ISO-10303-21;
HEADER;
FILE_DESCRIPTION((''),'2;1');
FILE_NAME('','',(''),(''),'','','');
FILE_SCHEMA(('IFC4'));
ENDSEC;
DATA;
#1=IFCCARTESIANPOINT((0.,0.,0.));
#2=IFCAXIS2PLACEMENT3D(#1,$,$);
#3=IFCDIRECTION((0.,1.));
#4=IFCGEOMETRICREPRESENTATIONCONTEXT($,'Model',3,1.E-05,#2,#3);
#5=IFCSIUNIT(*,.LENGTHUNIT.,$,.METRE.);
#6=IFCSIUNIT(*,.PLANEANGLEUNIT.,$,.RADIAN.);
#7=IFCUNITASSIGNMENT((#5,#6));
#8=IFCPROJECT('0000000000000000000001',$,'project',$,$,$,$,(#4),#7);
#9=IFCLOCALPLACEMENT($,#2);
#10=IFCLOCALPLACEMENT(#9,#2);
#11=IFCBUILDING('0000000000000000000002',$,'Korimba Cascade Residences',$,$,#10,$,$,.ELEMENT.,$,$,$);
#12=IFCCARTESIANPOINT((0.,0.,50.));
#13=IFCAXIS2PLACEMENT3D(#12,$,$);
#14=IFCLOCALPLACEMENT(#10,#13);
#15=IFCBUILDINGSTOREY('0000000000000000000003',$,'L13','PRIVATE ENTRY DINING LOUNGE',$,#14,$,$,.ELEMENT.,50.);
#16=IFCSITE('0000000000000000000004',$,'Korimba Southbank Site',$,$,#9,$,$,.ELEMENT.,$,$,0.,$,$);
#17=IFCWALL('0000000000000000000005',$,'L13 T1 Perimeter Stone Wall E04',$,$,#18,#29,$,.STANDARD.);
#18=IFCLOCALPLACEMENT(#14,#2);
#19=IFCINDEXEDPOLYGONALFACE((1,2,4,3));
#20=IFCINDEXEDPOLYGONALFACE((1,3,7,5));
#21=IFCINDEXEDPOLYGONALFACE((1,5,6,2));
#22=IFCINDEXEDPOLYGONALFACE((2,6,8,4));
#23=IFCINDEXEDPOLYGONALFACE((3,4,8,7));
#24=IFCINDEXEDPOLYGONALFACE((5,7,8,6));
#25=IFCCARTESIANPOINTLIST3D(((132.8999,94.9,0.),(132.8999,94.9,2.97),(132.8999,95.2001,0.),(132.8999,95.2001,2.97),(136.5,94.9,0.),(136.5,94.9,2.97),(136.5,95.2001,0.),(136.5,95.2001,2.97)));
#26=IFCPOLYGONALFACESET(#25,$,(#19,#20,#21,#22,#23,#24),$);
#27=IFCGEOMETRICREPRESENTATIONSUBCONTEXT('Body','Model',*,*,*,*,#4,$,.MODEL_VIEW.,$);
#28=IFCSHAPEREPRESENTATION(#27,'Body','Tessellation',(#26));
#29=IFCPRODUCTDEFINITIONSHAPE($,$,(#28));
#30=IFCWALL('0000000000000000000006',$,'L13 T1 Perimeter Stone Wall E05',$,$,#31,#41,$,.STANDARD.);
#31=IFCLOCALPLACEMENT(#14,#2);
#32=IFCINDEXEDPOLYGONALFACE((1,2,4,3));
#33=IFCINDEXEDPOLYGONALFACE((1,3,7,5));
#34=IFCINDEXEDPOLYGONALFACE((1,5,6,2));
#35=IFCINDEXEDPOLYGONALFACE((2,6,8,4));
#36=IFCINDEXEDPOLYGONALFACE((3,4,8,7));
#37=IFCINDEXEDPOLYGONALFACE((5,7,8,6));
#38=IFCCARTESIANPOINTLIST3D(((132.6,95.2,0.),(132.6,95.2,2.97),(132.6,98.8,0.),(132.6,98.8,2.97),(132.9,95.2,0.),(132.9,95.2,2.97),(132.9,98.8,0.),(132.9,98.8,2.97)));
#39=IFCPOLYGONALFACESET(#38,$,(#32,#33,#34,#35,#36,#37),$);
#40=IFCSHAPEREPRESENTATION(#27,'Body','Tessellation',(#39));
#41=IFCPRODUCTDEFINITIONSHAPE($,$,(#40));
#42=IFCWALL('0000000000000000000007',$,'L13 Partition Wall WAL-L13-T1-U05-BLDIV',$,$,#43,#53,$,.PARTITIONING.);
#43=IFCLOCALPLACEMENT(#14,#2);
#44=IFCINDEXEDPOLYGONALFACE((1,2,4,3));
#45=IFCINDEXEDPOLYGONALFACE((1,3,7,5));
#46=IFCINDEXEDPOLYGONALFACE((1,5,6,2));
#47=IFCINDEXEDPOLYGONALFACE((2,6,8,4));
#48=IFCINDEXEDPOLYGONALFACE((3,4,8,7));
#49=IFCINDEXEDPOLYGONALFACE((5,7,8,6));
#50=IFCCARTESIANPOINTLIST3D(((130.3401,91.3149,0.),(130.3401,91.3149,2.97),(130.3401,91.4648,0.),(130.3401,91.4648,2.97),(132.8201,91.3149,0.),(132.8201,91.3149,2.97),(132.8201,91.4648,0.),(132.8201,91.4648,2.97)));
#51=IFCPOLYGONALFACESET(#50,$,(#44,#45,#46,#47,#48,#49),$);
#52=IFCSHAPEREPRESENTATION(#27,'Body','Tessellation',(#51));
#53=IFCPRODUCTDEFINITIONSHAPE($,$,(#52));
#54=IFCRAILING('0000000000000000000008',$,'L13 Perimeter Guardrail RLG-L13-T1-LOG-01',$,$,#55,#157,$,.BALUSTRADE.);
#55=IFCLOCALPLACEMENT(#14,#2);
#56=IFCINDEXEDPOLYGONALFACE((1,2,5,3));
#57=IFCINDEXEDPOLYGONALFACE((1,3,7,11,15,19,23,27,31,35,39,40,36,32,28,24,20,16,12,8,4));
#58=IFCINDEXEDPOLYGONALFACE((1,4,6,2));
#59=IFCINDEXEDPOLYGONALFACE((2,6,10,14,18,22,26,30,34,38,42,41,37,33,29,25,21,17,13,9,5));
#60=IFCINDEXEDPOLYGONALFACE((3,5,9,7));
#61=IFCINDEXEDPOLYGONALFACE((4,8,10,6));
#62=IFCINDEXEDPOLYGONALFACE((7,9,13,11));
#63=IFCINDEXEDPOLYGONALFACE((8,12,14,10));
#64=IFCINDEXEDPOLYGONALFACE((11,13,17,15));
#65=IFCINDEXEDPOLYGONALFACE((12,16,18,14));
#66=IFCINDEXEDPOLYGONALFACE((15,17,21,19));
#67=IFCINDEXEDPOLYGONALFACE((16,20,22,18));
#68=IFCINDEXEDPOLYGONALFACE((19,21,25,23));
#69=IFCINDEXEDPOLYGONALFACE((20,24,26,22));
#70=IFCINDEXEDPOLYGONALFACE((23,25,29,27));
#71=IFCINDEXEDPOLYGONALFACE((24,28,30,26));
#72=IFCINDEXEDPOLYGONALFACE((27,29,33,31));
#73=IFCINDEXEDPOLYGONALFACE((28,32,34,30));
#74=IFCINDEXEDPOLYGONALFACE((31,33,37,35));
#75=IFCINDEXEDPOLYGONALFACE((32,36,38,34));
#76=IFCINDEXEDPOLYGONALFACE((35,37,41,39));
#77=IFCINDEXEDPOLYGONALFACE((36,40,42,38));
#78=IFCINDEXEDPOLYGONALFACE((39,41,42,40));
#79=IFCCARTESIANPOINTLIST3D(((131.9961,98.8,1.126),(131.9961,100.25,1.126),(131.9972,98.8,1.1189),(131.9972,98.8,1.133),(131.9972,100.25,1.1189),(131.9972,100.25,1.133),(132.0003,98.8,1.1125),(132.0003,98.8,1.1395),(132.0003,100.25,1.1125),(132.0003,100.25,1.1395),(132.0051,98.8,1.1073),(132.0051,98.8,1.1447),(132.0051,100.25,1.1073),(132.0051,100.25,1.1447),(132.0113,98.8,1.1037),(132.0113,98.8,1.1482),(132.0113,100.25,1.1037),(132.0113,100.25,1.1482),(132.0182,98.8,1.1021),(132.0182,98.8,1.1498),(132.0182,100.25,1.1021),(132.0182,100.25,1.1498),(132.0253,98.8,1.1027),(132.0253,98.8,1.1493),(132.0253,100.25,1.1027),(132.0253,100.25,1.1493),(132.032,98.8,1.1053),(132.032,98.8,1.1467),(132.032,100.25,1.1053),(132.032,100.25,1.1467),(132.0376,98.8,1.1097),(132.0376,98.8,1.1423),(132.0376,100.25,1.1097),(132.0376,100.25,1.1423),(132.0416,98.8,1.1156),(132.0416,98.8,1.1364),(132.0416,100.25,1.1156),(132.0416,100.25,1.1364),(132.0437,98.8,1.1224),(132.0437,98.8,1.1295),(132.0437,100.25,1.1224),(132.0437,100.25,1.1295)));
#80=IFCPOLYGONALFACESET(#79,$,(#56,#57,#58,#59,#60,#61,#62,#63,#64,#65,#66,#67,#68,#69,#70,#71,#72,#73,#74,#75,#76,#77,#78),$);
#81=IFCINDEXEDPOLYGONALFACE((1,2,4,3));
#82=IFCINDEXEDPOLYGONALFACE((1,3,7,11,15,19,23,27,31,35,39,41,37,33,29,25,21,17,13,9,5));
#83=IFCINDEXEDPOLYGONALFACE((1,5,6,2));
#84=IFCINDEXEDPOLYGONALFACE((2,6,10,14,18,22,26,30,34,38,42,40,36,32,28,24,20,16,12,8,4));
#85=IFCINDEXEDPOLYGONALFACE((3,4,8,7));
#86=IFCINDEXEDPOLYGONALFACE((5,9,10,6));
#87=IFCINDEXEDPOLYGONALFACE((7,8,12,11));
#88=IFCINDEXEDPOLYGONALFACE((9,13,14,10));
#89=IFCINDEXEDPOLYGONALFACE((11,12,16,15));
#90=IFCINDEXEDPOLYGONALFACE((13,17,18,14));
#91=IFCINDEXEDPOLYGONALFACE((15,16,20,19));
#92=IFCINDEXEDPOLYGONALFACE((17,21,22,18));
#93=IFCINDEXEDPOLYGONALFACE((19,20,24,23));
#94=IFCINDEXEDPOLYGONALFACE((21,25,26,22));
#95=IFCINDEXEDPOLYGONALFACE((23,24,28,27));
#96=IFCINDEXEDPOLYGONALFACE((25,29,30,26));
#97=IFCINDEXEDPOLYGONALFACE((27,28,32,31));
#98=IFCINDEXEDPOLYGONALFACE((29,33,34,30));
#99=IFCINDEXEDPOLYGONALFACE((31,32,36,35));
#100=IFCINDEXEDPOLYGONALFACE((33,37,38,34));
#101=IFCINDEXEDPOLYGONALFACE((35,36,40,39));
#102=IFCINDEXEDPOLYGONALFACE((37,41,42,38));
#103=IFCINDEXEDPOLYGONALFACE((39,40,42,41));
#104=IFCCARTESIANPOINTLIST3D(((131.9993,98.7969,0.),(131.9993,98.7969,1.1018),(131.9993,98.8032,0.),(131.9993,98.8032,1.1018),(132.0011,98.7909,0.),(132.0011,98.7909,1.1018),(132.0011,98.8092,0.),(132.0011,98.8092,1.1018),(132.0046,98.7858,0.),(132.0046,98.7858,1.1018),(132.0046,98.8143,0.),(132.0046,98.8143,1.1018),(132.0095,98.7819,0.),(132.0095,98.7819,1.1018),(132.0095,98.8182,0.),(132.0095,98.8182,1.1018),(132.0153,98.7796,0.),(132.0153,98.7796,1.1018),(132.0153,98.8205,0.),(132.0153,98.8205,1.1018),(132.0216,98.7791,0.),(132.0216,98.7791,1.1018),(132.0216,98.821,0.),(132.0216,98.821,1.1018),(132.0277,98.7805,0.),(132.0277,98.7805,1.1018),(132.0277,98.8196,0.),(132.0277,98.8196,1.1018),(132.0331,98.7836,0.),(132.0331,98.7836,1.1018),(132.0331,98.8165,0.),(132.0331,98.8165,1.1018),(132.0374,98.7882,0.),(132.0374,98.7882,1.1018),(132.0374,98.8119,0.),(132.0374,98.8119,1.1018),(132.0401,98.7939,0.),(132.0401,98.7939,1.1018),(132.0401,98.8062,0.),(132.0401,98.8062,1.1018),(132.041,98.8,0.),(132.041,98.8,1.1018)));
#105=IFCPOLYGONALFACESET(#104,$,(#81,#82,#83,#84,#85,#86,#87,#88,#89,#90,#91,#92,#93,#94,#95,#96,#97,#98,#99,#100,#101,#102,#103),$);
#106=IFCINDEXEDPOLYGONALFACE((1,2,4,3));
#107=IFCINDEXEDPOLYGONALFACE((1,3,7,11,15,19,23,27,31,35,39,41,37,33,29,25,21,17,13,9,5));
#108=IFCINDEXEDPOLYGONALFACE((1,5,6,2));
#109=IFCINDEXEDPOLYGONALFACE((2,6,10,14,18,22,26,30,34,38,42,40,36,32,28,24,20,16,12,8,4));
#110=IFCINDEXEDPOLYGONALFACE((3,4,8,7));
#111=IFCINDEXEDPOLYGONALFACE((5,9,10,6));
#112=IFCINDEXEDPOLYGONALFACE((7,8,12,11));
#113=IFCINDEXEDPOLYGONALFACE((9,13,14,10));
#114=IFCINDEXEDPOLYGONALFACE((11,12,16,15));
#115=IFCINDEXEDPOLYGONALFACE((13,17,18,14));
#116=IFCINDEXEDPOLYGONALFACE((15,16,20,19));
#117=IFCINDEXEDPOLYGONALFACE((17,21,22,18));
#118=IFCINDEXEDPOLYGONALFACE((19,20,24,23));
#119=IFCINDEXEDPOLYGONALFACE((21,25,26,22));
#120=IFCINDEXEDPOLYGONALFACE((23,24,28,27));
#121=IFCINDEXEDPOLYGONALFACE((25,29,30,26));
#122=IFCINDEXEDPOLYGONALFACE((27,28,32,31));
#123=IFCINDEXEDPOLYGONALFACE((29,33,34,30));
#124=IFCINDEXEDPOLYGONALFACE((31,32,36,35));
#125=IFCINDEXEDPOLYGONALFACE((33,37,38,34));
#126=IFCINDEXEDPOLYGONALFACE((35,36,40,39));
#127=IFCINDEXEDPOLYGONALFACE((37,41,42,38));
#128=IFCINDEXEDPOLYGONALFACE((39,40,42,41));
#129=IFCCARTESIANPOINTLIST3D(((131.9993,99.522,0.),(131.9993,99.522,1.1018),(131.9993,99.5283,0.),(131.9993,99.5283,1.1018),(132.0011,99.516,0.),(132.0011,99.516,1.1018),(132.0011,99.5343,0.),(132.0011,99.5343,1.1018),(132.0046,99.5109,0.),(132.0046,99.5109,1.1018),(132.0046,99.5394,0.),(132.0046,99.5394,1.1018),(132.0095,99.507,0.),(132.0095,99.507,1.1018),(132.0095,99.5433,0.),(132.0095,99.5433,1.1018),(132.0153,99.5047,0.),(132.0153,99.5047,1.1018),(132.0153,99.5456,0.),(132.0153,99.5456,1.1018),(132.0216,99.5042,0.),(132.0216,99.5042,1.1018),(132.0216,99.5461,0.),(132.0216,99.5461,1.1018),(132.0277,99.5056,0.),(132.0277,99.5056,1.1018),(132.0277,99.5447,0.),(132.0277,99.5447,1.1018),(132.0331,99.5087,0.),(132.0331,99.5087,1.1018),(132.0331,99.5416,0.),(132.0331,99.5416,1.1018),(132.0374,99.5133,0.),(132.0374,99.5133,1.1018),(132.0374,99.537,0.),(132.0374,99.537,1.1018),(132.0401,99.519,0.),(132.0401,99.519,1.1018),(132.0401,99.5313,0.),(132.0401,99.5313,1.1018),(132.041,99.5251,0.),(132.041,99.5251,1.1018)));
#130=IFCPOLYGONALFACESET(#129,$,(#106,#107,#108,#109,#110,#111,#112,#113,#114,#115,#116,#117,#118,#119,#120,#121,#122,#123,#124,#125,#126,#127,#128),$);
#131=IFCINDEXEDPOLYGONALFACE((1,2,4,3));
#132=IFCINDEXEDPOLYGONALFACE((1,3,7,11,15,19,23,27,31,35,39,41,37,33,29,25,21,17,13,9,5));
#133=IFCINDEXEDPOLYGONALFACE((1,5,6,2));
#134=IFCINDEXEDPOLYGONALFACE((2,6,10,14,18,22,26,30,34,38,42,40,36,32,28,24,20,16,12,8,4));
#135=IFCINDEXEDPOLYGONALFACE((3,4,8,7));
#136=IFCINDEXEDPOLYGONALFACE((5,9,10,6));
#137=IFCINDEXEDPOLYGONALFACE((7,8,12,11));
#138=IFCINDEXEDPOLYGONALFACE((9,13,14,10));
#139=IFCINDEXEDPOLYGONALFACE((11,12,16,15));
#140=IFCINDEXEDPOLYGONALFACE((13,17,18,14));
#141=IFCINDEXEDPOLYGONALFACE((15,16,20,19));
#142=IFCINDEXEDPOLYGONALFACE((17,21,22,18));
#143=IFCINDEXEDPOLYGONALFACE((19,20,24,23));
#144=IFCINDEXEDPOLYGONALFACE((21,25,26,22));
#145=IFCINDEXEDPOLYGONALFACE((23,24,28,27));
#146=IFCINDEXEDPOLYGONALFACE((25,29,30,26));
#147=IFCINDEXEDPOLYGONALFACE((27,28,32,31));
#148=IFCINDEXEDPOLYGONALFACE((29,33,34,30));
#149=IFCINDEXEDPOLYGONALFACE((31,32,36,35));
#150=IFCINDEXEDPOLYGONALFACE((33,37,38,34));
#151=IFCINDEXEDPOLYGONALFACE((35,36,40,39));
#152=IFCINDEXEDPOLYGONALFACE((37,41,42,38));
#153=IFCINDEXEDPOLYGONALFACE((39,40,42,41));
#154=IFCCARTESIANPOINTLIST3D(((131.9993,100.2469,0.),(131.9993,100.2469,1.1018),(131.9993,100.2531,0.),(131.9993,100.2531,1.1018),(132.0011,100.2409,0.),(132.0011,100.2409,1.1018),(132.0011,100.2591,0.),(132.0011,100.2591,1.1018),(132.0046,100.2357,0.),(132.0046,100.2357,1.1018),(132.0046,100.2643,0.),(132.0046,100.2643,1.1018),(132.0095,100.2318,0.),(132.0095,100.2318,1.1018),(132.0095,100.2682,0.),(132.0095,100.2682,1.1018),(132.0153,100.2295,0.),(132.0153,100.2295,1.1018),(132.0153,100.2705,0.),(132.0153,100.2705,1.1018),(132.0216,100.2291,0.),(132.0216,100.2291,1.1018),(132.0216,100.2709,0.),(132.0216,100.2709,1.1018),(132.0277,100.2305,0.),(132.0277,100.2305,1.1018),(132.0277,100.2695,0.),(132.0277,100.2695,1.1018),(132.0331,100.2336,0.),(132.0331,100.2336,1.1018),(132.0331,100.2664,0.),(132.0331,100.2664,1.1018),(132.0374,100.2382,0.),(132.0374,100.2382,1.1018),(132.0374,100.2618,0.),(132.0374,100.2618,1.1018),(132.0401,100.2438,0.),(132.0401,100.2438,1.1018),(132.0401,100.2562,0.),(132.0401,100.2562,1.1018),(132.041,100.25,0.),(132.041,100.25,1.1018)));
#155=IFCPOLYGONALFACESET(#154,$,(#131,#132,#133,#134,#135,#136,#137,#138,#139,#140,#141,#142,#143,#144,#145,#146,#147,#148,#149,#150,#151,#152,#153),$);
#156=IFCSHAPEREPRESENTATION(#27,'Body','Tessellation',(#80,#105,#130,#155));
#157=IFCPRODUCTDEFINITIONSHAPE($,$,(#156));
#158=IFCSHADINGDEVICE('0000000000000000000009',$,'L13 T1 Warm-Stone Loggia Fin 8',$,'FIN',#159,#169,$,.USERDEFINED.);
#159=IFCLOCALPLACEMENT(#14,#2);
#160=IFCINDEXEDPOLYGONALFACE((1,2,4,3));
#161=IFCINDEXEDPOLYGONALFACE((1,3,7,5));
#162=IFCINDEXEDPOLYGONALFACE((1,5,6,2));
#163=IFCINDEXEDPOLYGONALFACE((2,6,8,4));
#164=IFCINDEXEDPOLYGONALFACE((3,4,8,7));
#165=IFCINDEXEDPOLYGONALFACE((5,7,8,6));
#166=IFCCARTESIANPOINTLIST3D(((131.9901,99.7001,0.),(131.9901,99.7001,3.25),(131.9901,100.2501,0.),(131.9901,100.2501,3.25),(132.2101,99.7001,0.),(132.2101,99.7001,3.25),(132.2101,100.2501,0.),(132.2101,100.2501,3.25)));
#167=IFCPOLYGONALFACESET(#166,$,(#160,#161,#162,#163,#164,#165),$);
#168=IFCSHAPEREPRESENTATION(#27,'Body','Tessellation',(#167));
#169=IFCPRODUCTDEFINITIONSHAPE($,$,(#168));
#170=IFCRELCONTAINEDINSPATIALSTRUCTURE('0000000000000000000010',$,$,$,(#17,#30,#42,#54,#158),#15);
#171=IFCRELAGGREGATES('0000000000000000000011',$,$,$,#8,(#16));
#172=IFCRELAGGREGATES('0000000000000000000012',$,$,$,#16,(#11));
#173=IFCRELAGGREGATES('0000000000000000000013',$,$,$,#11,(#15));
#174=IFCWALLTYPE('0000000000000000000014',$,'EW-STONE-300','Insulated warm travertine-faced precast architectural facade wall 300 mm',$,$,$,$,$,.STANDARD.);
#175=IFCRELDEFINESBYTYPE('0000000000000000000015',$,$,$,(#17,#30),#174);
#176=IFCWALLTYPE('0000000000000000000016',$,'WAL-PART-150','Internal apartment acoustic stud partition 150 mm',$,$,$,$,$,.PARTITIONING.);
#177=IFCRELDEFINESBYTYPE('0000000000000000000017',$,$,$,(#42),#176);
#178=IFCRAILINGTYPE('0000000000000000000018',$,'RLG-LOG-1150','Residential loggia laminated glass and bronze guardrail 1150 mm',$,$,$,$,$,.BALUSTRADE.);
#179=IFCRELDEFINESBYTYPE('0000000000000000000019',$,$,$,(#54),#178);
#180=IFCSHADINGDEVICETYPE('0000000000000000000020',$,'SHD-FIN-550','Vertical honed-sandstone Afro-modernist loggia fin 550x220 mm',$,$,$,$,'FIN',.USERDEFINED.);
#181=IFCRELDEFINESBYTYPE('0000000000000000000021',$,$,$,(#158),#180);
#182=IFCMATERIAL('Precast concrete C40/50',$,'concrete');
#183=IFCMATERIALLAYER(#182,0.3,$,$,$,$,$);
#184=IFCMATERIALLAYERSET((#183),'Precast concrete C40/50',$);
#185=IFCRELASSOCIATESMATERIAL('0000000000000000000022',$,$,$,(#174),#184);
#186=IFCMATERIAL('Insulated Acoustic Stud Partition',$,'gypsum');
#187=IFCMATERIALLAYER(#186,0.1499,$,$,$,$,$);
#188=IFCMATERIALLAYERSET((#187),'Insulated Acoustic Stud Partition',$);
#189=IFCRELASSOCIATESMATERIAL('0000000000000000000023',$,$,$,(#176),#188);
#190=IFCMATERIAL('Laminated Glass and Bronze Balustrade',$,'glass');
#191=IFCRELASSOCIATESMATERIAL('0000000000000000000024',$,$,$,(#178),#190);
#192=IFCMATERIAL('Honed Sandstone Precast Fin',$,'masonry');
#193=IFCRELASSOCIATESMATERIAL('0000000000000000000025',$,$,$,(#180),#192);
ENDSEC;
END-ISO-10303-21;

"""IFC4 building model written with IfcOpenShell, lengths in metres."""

from ifc_helpers import new_model, si_unit, direction, frame, frame_2d, origin, origin_2d, place, context, subcontext, project, spatial, rectangle, circle, extrude, material, layer, layer_set, type_object, element, save


model = new_model("IFC4")

# Units and contexts
model_context = context("Model", 3, precision=1e-05, world=origin(), true_north=direction((0.0, 1.0)))
body_context = subcontext(model_context, "Body", "Model", "MODEL_VIEW")
ifc_project = project(units=[si_unit("LENGTHUNIT", "METRE"), si_unit("PLANEANGLEUNIT", "RADIAN")], contexts=[model_context])

# Site, building, storey
site_placement = place(None, origin())
site = spatial("IfcSite", under=ifc_project, at=site_placement, Name="Korimba Southbank Site", CompositionType="ELEMENT", RefElevation=0.0)
building_placement = place(site_placement, origin())
building = spatial("IfcBuilding", under=site, at=building_placement, Name="Korimba Cascade Residences", CompositionType="ELEMENT")
storey_placement = place(building_placement, frame((0.0, 0.0, 50.0)))
storey = spatial("IfcBuildingStorey", under=building, at=storey_placement, Name="L13", Description="PRIVATE ENTRY DINING LOUNGE", CompositionType="ELEMENT", Elevation=50.0)

# Shared definitions
ifc_material_1 = material(Name="Precast concrete C40/50", Category="concrete")

# Walls
ifc_layer_1 = layer(ifc_material_1, 0.3)
ifc_layer_set_1 = layer_set([ifc_layer_1], Name="Precast concrete C40/50")
wall_type_1 = type_object("IfcWallType", Name="EW-STONE-300", Description="Insulated warm travertine-faced precast architectural facade wall 300 mm", PredefinedType="STANDARD", material=ifc_layer_set_1)
for number, where, z_axis, x_axis, name in (
    (1, (136.5, 95.05, 0.0), (0.0, 0.0, 1.0), (-1.0, 0.0, 0.0), "L13 T1 Perimeter Stone Wall E04"),
    (2, (132.75, 95.2, 0.0), (0.0, 0.0, 1.0), (0.0, 1.0, 0.0), "L13 T1 Perimeter Stone Wall E05"),
):
    element("IfcWall", number, at=place(storey_placement, frame(where, z_axis=z_axis, x_axis=x_axis)), inside=storey, type_object=wall_type_1, Name=name, PredefinedType="STANDARD", context=body_context, shape_type="SweptSolid", body=[
        extrude(rectangle(XDim=3.6001, YDim=0.3, at=frame_2d((1.8, 0.0))), origin(), (0.0, 0.0, 1.0), 2.97),
    ])
ifc_material_2 = material(Name="Insulated Acoustic Stud Partition", Category="gypsum")
ifc_layer_2 = layer(ifc_material_2, 0.1499)
ifc_layer_set_2 = layer_set([ifc_layer_2], Name="Insulated Acoustic Stud Partition")
wall_type_2 = type_object("IfcWallType", Name="WAL-PART-150", Description="Internal apartment acoustic stud partition 150 mm", PredefinedType="PARTITIONING", material=ifc_layer_set_2)
wall_1_placement = place(storey_placement, frame((130.3401, 91.3899, 0.0), z_axis=(0.0, 0.0, 1.0), x_axis=(1.0, 0.0, 0.0)))
element("IfcWall", 3, at=wall_1_placement, inside=storey, type_object=wall_type_2, Name="L13 Partition Wall WAL-L13-T1-U05-BLDIV", PredefinedType="PARTITIONING", context=body_context, shape_type="SweptSolid", body=[
    extrude(rectangle(XDim=2.48, YDim=0.1499, at=frame_2d((1.24, 0.0))), origin(), (0.0, 0.0, 1.0), 2.97),
])

# Railing
ifc_material_3 = material(Name="Laminated Glass and Bronze Balustrade", Category="glass")
railing_type = type_object("IfcRailingType", Name="RLG-LOG-1150", Description="Residential loggia laminated glass and bronze guardrail 1150 mm", PredefinedType="BALUSTRADE", material=ifc_material_3)
railing_1_placement = place(storey_placement, frame((132.02, 98.8, 0.0)))
element("IfcRailing", 4, at=railing_1_placement, inside=storey, type_object=railing_type, Name="L13 Perimeter Guardrail RLG-L13-T1-LOG-01", PredefinedType="BALUSTRADE", context=body_context, shape_type="SweptSolid", body=[
    extrude(circle(Radius=0.0239, at=origin_2d()), frame((0.0, 0.0, 1.126), z_axis=(0.0, 1.0, 0.0), x_axis=(-1.0, 0.0, 0.0)), (0.0, 0.0, 1.0), 1.45),
    extrude(circle(Radius=0.021, at=origin_2d()), origin(), (0.0, 0.0, 1.0), 1.1018),
    extrude(circle(Radius=0.021, at=origin_2d()), frame((0.0, 0.7251, 0.0)), (0.0, 0.0, 1.0), 1.1018),
    extrude(circle(Radius=0.021, at=origin_2d()), frame((0.0, 1.45, 0.0)), (0.0, 0.0, 1.0), 1.1018),
])

# Shading device
ifc_material_4 = material(Name="Honed Sandstone Precast Fin", Category="masonry")
shading_device_type = type_object("IfcShadingDeviceType", Name="SHD-FIN-550", Description="Vertical honed-sandstone Afro-modernist loggia fin 550x220 mm", ElementType="FIN", PredefinedType="USERDEFINED", material=ifc_material_4)
shading_device_placement = place(storey_placement, frame((132.1001, 99.9751, 0.0), z_axis=(0.0, 0.0, 1.0), x_axis=(1.0, 0.0, 0.0)))
element("IfcShadingDevice", 5, at=shading_device_placement, inside=storey, type_object=shading_device_type, Name="L13 T1 Warm-Stone Loggia Fin 8", ObjectType="FIN", PredefinedType="USERDEFINED", context=body_context, shape_type="SweptSolid", body=[
    extrude(rectangle(XDim=0.22, YDim=0.55, at=origin_2d()), origin(), (0.0, 0.0, 1.0), 3.25),
])

save(model, "model.ifc")
